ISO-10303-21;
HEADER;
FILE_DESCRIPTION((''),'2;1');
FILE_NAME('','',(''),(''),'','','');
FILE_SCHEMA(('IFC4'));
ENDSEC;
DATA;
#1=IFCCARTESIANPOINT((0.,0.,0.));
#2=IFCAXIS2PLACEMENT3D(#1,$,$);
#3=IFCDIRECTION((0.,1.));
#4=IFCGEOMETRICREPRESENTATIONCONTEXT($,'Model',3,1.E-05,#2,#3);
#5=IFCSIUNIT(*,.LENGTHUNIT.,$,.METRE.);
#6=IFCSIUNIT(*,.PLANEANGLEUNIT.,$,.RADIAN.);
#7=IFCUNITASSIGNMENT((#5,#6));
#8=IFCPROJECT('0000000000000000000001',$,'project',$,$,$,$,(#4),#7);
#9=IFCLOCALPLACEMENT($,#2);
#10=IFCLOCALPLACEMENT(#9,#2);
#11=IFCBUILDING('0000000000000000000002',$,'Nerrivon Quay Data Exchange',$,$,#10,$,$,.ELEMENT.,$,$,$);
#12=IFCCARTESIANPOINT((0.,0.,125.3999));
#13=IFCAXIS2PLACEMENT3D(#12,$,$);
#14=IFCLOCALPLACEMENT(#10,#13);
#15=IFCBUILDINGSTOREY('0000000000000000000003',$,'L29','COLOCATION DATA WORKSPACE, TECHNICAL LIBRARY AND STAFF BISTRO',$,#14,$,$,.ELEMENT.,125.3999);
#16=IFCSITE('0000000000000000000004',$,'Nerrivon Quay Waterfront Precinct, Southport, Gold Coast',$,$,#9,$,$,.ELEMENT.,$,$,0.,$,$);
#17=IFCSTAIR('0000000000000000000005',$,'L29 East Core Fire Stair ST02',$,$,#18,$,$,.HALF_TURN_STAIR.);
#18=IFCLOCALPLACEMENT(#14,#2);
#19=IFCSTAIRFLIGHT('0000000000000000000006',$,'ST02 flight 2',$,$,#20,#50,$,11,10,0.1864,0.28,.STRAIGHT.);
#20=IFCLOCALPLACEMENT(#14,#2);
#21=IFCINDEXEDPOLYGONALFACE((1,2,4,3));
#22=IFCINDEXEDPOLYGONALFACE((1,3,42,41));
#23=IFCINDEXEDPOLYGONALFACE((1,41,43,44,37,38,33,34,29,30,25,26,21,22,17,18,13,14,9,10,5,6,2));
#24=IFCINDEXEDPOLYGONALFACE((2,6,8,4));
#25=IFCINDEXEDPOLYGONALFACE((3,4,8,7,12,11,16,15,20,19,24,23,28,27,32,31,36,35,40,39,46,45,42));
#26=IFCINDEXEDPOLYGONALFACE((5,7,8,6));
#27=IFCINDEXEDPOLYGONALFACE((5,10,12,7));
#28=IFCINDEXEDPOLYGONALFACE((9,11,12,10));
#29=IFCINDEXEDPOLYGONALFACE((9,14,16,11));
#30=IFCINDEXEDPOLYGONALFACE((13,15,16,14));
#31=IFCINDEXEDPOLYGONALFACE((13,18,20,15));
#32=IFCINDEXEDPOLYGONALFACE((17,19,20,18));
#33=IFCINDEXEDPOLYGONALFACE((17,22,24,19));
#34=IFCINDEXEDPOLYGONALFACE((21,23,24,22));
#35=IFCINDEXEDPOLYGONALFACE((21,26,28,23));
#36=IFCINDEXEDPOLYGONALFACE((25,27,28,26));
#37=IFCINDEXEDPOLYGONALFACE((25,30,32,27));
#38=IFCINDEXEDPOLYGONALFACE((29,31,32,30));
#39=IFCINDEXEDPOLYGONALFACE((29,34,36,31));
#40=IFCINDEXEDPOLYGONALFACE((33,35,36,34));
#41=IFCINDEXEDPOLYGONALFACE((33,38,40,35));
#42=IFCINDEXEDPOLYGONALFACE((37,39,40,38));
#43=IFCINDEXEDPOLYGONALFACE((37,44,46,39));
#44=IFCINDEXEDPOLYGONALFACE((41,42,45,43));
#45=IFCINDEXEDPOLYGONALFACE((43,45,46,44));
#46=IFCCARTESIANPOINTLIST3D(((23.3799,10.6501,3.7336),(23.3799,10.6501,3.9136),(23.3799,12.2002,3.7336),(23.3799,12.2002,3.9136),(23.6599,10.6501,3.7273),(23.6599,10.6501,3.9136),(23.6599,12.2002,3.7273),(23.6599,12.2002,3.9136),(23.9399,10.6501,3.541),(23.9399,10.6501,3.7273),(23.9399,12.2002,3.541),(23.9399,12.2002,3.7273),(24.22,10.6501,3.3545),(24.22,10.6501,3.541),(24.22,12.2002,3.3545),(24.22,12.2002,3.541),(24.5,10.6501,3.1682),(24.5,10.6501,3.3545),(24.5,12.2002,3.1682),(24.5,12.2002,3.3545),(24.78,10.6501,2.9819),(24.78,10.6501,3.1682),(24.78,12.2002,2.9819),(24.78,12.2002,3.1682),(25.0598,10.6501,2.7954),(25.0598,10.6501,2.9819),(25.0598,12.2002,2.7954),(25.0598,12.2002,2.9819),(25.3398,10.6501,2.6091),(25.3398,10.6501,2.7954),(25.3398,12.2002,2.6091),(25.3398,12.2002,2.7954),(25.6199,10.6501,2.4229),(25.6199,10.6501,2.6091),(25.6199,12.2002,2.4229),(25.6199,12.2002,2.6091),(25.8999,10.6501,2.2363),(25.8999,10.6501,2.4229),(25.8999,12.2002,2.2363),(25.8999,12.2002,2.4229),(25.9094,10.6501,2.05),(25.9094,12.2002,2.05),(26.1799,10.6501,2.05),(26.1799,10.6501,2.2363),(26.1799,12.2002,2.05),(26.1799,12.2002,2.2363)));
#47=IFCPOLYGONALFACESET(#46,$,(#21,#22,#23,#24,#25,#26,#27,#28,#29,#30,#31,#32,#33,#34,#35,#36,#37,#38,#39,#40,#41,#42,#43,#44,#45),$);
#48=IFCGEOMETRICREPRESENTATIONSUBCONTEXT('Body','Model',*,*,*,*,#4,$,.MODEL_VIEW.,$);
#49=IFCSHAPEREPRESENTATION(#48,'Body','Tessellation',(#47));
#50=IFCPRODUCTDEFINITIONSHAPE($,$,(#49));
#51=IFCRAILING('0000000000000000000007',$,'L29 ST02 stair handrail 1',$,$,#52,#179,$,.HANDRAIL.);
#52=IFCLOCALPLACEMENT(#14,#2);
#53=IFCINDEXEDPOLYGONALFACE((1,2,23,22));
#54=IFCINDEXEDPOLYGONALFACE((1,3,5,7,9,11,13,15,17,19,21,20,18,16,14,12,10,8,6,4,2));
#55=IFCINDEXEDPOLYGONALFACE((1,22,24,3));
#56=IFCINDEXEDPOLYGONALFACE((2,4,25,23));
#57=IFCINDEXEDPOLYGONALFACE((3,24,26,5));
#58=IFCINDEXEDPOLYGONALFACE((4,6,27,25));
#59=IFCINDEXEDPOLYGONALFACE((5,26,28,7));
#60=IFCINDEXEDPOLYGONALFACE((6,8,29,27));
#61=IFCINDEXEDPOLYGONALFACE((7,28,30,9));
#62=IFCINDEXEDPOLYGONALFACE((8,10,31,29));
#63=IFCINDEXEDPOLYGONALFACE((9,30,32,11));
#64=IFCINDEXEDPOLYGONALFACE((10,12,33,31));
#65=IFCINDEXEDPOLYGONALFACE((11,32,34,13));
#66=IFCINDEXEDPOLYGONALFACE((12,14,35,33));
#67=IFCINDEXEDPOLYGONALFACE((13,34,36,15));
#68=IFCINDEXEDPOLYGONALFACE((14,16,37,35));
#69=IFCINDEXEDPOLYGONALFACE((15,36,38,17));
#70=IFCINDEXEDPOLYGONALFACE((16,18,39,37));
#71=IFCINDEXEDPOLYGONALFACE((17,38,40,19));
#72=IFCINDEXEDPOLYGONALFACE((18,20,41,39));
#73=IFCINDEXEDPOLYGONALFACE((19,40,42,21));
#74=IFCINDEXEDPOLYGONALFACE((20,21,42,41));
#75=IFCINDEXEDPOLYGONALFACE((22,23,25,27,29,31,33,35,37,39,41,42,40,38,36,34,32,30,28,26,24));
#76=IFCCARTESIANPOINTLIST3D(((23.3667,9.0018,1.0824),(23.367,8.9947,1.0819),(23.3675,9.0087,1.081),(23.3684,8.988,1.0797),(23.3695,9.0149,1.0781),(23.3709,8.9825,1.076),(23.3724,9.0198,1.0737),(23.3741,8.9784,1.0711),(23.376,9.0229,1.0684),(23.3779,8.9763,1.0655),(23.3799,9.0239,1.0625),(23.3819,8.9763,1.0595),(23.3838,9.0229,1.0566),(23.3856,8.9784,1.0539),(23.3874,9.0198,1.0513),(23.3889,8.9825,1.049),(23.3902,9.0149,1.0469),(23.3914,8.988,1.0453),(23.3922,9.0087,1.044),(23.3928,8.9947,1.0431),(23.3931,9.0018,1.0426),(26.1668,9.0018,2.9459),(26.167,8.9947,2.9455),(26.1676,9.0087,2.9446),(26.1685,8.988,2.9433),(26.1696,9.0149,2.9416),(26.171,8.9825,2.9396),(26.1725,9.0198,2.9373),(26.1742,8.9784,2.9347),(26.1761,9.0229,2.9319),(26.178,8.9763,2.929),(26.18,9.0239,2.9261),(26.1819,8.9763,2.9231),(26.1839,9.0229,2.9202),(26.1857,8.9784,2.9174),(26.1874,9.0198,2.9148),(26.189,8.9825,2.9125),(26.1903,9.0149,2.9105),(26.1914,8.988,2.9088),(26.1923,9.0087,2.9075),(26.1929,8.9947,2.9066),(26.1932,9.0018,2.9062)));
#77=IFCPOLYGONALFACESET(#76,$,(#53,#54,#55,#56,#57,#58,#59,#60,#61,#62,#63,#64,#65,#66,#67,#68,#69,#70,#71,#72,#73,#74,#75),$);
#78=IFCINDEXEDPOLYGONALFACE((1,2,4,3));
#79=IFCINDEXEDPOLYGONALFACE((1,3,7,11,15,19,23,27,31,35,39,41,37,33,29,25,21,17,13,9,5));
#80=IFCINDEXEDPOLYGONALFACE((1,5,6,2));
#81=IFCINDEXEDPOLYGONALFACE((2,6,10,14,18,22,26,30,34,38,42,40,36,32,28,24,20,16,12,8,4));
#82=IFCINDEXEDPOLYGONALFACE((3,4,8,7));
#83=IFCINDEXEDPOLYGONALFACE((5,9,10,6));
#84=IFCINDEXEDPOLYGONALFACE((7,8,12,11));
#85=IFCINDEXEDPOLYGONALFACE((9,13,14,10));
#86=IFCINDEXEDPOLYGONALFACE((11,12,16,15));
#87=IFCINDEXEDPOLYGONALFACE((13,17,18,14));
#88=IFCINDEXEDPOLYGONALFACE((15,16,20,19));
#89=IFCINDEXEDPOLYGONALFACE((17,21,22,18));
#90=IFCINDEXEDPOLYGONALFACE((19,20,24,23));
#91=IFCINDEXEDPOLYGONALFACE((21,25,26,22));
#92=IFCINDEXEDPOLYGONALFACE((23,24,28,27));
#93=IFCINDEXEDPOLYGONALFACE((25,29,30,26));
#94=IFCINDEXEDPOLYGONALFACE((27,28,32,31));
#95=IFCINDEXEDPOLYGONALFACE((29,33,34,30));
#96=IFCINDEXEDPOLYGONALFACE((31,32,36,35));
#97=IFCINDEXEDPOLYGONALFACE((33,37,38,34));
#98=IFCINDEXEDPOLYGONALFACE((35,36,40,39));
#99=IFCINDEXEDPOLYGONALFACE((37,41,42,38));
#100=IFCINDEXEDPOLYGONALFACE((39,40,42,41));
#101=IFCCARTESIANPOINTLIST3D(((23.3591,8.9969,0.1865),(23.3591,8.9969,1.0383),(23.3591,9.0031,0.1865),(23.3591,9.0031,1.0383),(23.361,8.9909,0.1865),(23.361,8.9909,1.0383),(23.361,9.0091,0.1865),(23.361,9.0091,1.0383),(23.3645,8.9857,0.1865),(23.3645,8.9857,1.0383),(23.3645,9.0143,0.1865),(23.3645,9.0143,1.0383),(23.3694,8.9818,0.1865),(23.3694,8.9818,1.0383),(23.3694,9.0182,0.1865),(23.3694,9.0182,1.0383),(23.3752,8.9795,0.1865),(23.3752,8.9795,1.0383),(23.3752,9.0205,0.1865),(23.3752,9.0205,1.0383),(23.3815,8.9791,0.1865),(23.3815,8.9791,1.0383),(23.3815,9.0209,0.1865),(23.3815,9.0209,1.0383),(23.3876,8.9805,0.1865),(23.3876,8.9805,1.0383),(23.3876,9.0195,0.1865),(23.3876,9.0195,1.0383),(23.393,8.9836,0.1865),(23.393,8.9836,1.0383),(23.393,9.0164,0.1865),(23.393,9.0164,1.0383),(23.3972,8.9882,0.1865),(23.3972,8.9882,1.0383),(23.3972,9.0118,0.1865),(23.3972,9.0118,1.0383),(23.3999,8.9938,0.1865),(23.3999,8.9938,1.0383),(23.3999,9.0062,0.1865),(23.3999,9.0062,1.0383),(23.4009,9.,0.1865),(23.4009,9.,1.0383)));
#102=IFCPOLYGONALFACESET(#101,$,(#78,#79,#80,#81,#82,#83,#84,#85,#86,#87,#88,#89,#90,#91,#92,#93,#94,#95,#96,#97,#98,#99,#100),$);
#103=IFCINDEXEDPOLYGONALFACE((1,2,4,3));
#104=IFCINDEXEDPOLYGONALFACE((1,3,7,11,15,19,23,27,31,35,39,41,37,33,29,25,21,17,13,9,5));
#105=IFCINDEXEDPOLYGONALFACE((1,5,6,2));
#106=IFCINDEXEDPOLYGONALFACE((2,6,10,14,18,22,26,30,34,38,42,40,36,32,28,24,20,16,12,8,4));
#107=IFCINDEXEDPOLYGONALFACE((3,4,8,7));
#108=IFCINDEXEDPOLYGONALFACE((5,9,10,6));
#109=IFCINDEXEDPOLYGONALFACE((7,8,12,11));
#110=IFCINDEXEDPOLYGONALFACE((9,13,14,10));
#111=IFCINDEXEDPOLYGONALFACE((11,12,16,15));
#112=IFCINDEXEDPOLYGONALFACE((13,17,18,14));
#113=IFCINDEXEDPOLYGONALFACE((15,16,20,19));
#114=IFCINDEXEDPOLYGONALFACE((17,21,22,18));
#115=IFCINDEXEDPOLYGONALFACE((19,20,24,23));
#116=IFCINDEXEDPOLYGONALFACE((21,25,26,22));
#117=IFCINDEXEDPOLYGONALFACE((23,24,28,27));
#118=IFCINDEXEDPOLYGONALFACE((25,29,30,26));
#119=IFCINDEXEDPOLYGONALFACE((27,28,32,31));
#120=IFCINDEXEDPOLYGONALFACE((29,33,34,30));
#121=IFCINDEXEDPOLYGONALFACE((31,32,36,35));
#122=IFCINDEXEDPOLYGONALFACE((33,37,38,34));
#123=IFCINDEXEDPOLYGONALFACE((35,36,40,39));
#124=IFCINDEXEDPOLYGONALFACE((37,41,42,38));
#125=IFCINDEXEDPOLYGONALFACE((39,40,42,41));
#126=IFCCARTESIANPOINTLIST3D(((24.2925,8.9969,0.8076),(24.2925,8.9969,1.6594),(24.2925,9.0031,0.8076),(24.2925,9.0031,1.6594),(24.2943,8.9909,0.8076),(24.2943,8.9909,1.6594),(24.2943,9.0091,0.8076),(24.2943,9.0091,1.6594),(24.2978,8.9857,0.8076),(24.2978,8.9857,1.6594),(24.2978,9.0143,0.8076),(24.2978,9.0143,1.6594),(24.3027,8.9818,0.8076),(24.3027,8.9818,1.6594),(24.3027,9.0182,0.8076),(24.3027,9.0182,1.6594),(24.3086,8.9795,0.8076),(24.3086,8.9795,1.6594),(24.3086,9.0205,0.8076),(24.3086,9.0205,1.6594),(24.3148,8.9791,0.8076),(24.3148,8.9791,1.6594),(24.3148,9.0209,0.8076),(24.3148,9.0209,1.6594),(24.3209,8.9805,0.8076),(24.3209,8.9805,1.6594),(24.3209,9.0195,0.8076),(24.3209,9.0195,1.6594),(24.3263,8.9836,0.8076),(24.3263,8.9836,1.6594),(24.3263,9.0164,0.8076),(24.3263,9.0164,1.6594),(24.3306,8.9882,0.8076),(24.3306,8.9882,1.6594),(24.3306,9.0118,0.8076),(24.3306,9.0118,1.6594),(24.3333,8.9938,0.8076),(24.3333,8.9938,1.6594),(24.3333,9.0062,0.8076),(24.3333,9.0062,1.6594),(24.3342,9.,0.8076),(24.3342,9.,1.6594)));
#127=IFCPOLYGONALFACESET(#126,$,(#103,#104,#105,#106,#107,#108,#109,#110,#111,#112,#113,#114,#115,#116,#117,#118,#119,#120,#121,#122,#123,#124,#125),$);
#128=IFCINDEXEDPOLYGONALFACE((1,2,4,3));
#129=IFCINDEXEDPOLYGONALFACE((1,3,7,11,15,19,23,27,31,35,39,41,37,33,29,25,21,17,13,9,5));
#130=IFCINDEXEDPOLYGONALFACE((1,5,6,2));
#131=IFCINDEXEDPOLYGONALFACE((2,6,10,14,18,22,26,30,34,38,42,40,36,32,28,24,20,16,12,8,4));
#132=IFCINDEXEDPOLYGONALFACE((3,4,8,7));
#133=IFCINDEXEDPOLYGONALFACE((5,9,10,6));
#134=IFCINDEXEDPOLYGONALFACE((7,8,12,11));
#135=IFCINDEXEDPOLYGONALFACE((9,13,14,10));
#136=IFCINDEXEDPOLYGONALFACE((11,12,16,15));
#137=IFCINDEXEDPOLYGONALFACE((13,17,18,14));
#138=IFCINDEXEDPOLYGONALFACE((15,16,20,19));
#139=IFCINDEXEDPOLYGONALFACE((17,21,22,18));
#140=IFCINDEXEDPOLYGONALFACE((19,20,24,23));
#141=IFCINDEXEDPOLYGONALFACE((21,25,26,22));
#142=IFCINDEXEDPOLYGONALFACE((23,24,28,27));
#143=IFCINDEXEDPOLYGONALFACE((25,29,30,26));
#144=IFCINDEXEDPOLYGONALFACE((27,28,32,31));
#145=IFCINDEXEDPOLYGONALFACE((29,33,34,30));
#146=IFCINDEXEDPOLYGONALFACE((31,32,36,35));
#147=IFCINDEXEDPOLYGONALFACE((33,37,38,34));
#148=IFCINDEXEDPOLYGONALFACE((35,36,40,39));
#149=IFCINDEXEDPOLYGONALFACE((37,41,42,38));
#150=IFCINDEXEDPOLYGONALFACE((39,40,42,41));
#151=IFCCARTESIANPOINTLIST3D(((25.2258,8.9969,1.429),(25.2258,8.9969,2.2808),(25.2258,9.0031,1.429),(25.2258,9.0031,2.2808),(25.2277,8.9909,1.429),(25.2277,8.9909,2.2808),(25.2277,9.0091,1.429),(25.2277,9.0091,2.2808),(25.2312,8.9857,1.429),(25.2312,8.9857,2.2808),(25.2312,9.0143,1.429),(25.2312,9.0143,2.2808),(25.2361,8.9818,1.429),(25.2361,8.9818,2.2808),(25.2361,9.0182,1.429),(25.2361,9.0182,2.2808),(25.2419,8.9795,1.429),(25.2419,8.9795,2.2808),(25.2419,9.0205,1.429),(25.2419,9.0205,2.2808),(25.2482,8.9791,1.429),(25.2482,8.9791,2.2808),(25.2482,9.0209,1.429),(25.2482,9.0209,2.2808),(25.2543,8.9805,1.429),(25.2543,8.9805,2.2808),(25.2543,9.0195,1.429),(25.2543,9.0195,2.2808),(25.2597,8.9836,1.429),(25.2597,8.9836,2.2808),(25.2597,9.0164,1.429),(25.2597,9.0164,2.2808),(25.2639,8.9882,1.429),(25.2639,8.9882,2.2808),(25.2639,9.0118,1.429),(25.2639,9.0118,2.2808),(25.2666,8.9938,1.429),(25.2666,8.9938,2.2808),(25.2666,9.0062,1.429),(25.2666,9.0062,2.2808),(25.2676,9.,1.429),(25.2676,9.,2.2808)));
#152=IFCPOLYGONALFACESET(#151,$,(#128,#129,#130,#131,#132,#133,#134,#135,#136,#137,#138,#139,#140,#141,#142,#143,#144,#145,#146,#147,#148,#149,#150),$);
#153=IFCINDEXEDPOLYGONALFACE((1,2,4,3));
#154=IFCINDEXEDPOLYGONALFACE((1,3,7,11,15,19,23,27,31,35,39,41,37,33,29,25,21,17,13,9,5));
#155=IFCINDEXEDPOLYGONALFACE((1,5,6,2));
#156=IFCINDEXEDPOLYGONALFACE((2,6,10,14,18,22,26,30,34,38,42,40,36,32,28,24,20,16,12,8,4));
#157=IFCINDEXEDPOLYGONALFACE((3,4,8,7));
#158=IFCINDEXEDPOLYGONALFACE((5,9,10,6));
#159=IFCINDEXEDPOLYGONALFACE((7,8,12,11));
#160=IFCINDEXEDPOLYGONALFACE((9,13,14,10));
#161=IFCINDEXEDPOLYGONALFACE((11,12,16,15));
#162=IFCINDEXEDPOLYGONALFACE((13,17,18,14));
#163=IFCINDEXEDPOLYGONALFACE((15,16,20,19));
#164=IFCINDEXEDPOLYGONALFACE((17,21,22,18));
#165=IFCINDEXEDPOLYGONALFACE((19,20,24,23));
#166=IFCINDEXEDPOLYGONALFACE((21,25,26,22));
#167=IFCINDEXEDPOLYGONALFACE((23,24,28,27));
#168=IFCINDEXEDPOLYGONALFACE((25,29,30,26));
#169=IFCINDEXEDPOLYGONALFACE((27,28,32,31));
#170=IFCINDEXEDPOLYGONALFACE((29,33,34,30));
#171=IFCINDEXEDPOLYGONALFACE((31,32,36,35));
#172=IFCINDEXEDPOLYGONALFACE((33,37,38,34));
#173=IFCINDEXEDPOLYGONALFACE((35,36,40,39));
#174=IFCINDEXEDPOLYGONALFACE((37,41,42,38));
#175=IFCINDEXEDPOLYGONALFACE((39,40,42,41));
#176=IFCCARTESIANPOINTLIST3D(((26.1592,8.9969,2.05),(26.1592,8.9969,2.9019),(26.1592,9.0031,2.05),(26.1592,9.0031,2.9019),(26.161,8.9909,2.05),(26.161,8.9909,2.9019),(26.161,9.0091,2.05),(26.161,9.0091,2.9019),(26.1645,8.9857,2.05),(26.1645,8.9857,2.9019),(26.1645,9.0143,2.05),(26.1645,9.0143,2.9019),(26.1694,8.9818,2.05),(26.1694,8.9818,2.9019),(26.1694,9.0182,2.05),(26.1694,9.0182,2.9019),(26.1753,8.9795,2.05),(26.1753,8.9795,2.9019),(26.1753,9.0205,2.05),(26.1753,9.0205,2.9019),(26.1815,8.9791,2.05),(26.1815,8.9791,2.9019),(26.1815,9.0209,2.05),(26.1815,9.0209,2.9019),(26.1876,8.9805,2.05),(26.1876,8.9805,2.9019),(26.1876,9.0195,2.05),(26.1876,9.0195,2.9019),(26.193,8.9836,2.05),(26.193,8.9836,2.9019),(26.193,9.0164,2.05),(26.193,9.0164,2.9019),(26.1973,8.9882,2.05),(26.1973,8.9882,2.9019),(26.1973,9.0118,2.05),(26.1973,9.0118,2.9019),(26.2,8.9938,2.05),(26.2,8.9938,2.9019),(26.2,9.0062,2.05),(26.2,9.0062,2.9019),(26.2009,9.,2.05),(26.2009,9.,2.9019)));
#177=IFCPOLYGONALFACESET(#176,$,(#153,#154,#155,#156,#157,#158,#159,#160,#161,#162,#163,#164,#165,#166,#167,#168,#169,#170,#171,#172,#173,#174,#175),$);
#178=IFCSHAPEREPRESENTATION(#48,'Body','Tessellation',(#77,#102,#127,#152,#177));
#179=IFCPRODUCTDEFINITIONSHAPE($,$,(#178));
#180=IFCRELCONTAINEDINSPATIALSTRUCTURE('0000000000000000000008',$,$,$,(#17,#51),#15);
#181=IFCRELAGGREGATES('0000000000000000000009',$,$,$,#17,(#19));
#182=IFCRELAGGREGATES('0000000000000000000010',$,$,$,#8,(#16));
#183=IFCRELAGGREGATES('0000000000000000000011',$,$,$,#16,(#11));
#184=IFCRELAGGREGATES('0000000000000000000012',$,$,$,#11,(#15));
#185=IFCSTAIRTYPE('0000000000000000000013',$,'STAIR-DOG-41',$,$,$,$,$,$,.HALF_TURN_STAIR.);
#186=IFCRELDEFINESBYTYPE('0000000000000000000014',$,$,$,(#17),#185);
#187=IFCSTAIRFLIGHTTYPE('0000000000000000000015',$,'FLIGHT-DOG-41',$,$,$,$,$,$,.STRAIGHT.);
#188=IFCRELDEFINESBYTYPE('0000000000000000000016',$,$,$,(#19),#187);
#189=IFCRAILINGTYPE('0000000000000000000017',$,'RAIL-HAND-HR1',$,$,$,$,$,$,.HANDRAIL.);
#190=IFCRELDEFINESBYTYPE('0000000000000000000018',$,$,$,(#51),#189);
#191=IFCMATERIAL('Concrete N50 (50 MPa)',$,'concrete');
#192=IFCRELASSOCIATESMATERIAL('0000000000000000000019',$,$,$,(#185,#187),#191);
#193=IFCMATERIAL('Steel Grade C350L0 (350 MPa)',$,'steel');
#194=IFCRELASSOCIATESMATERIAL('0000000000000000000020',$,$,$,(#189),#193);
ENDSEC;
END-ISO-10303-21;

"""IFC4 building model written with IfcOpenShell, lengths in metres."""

from ifc_helpers import new_model, si_unit, direction, frame, origin, origin_2d, place, context, subcontext, project, spatial, polyline, circle, outline, extrude, material, type_object, element, aggregate, save


model = new_model("IFC4")

# Units and contexts
model_context = context("Model", 3, precision=1e-05, world=origin(), true_north=direction((0.0, 1.0)))
body_context = subcontext(model_context, "Body", "Model", "MODEL_VIEW")
ifc_project = project(units=[si_unit("LENGTHUNIT", "METRE"), si_unit("PLANEANGLEUNIT", "RADIAN")], contexts=[model_context])

# Site, building, storey
site_placement = place(None, origin())
site = spatial("IfcSite", under=ifc_project, at=site_placement, Name="Nerrivon Quay Waterfront Precinct, Southport, Gold Coast", CompositionType="ELEMENT", RefElevation=0.0)
building_placement = place(site_placement, origin())
building = spatial("IfcBuilding", under=site, at=building_placement, Name="Nerrivon Quay Data Exchange", CompositionType="ELEMENT")
storey_placement = place(building_placement, frame((0.0, 0.0, 125.3999)))
storey = spatial("IfcBuildingStorey", under=building, at=storey_placement, Name="L29", Description="COLOCATION DATA WORKSPACE, TECHNICAL LIBRARY AND STAFF BISTRO", CompositionType="ELEMENT", Elevation=125.3999)

# Shared definitions
ifc_material_1 = material(Name="Concrete N50 (50 MPa)", Category="concrete")

# Stair, stair flight
stair_type = type_object("IfcStairType", Name="STAIR-DOG-41", PredefinedType="HALF_TURN_STAIR", material=ifc_material_1)
stair_placement = place(storey_placement, origin())
stair = element("IfcStair", 1, at=stair_placement, inside=storey, type_object=stair_type, Name="L29 East Core Fire Stair ST02", PredefinedType="HALF_TURN_STAIR")
stair_flight_type = type_object("IfcStairFlightType", Name="FLIGHT-DOG-41", PredefinedType="STRAIGHT", material=ifc_material_1)
stair_flight_1_placement = place(storey_placement, frame((26.1799, 11.425, 2.05), z_axis=(0.0, 0.0, 1.0), x_axis=(-1.0, 0.0, 0.0)))
stair_flight_1 = element("IfcStairFlight", 2, at=stair_flight_1_placement, type_object=stair_flight_type, Name="ST02 flight 2", NumberOfRisers=11, NumberOfTreads=10, PredefinedType="STRAIGHT", RiserHeight=0.1864, TreadLength=0.28, context=body_context, shape_type="SweptSolid", body=[
    extrude(outline(polyline([(0.0, 0.0), (0.0, 0.1863), (0.28, 0.1863), (0.28, 0.3728), (0.5601, 0.3728), (0.5601, 0.5591), (0.8401, 0.5591), (0.8401, 0.7454), (1.1201, 0.7454), (1.1201, 0.9319), (1.3999, 0.9319), (1.3999, 1.1182), (1.6799, 1.1182), (1.6799, 1.3044), (1.96, 1.3044), (1.96, 1.491), (2.24, 1.491), (2.24, 1.6772), (2.52, 1.6772), (2.52, 1.8635), (2.8, 1.8635), (2.8, 2.05), (2.8, 1.6836), (0.2705, 0.0), (0.0, 0.0)])), frame((0.0, 0.7749, 0.0), z_axis=(0.0, -1.0, 0.0), x_axis=(1.0, 0.0, 0.0)), (0.0, 0.0, 1.0), 1.55),
])
aggregate(stair, [stair_flight_1])

# Railing
ifc_material_2 = material(Name="Steel Grade C350L0 (350 MPa)", Category="steel")
railing_type_1 = type_object("IfcRailingType", Name="RAIL-HAND-HR1", PredefinedType="HANDRAIL", material=ifc_material_2)
railing_1_placement = place(storey_placement, frame((23.3799, 9.0, 0.1865)))
element("IfcRailing", 3, at=railing_1_placement, inside=storey, type_object=railing_type_1, Name="L29 ST02 stair handrail 1", PredefinedType="HANDRAIL", context=body_context, shape_type="SweptSolid", body=[
    extrude(circle(Radius=0.0239, at=origin_2d()), frame((0.0, 0.0, 0.876), z_axis=(0.832486, 0.0, 0.554047), x_axis=(0.0, 1.0, 0.0)), (0.0, 0.0, 1.0), 3.3635),
    extrude(circle(Radius=0.021, at=origin_2d()), origin(), (0.0, 0.0, 1.0), 0.8518),
    extrude(circle(Radius=0.021, at=origin_2d()), frame((0.9333, 0.0, 0.6211)), (0.0, 0.0, 1.0), 0.8518),
    extrude(circle(Radius=0.021, at=origin_2d()), frame((1.8667, 0.0, 1.2424)), (0.0, 0.0, 1.0), 0.8518),
    extrude(circle(Radius=0.021, at=origin_2d()), frame((2.8, 0.0, 1.8635)), (0.0, 0.0, 1.0), 0.8518),
])

save(model, "model.ifc")
